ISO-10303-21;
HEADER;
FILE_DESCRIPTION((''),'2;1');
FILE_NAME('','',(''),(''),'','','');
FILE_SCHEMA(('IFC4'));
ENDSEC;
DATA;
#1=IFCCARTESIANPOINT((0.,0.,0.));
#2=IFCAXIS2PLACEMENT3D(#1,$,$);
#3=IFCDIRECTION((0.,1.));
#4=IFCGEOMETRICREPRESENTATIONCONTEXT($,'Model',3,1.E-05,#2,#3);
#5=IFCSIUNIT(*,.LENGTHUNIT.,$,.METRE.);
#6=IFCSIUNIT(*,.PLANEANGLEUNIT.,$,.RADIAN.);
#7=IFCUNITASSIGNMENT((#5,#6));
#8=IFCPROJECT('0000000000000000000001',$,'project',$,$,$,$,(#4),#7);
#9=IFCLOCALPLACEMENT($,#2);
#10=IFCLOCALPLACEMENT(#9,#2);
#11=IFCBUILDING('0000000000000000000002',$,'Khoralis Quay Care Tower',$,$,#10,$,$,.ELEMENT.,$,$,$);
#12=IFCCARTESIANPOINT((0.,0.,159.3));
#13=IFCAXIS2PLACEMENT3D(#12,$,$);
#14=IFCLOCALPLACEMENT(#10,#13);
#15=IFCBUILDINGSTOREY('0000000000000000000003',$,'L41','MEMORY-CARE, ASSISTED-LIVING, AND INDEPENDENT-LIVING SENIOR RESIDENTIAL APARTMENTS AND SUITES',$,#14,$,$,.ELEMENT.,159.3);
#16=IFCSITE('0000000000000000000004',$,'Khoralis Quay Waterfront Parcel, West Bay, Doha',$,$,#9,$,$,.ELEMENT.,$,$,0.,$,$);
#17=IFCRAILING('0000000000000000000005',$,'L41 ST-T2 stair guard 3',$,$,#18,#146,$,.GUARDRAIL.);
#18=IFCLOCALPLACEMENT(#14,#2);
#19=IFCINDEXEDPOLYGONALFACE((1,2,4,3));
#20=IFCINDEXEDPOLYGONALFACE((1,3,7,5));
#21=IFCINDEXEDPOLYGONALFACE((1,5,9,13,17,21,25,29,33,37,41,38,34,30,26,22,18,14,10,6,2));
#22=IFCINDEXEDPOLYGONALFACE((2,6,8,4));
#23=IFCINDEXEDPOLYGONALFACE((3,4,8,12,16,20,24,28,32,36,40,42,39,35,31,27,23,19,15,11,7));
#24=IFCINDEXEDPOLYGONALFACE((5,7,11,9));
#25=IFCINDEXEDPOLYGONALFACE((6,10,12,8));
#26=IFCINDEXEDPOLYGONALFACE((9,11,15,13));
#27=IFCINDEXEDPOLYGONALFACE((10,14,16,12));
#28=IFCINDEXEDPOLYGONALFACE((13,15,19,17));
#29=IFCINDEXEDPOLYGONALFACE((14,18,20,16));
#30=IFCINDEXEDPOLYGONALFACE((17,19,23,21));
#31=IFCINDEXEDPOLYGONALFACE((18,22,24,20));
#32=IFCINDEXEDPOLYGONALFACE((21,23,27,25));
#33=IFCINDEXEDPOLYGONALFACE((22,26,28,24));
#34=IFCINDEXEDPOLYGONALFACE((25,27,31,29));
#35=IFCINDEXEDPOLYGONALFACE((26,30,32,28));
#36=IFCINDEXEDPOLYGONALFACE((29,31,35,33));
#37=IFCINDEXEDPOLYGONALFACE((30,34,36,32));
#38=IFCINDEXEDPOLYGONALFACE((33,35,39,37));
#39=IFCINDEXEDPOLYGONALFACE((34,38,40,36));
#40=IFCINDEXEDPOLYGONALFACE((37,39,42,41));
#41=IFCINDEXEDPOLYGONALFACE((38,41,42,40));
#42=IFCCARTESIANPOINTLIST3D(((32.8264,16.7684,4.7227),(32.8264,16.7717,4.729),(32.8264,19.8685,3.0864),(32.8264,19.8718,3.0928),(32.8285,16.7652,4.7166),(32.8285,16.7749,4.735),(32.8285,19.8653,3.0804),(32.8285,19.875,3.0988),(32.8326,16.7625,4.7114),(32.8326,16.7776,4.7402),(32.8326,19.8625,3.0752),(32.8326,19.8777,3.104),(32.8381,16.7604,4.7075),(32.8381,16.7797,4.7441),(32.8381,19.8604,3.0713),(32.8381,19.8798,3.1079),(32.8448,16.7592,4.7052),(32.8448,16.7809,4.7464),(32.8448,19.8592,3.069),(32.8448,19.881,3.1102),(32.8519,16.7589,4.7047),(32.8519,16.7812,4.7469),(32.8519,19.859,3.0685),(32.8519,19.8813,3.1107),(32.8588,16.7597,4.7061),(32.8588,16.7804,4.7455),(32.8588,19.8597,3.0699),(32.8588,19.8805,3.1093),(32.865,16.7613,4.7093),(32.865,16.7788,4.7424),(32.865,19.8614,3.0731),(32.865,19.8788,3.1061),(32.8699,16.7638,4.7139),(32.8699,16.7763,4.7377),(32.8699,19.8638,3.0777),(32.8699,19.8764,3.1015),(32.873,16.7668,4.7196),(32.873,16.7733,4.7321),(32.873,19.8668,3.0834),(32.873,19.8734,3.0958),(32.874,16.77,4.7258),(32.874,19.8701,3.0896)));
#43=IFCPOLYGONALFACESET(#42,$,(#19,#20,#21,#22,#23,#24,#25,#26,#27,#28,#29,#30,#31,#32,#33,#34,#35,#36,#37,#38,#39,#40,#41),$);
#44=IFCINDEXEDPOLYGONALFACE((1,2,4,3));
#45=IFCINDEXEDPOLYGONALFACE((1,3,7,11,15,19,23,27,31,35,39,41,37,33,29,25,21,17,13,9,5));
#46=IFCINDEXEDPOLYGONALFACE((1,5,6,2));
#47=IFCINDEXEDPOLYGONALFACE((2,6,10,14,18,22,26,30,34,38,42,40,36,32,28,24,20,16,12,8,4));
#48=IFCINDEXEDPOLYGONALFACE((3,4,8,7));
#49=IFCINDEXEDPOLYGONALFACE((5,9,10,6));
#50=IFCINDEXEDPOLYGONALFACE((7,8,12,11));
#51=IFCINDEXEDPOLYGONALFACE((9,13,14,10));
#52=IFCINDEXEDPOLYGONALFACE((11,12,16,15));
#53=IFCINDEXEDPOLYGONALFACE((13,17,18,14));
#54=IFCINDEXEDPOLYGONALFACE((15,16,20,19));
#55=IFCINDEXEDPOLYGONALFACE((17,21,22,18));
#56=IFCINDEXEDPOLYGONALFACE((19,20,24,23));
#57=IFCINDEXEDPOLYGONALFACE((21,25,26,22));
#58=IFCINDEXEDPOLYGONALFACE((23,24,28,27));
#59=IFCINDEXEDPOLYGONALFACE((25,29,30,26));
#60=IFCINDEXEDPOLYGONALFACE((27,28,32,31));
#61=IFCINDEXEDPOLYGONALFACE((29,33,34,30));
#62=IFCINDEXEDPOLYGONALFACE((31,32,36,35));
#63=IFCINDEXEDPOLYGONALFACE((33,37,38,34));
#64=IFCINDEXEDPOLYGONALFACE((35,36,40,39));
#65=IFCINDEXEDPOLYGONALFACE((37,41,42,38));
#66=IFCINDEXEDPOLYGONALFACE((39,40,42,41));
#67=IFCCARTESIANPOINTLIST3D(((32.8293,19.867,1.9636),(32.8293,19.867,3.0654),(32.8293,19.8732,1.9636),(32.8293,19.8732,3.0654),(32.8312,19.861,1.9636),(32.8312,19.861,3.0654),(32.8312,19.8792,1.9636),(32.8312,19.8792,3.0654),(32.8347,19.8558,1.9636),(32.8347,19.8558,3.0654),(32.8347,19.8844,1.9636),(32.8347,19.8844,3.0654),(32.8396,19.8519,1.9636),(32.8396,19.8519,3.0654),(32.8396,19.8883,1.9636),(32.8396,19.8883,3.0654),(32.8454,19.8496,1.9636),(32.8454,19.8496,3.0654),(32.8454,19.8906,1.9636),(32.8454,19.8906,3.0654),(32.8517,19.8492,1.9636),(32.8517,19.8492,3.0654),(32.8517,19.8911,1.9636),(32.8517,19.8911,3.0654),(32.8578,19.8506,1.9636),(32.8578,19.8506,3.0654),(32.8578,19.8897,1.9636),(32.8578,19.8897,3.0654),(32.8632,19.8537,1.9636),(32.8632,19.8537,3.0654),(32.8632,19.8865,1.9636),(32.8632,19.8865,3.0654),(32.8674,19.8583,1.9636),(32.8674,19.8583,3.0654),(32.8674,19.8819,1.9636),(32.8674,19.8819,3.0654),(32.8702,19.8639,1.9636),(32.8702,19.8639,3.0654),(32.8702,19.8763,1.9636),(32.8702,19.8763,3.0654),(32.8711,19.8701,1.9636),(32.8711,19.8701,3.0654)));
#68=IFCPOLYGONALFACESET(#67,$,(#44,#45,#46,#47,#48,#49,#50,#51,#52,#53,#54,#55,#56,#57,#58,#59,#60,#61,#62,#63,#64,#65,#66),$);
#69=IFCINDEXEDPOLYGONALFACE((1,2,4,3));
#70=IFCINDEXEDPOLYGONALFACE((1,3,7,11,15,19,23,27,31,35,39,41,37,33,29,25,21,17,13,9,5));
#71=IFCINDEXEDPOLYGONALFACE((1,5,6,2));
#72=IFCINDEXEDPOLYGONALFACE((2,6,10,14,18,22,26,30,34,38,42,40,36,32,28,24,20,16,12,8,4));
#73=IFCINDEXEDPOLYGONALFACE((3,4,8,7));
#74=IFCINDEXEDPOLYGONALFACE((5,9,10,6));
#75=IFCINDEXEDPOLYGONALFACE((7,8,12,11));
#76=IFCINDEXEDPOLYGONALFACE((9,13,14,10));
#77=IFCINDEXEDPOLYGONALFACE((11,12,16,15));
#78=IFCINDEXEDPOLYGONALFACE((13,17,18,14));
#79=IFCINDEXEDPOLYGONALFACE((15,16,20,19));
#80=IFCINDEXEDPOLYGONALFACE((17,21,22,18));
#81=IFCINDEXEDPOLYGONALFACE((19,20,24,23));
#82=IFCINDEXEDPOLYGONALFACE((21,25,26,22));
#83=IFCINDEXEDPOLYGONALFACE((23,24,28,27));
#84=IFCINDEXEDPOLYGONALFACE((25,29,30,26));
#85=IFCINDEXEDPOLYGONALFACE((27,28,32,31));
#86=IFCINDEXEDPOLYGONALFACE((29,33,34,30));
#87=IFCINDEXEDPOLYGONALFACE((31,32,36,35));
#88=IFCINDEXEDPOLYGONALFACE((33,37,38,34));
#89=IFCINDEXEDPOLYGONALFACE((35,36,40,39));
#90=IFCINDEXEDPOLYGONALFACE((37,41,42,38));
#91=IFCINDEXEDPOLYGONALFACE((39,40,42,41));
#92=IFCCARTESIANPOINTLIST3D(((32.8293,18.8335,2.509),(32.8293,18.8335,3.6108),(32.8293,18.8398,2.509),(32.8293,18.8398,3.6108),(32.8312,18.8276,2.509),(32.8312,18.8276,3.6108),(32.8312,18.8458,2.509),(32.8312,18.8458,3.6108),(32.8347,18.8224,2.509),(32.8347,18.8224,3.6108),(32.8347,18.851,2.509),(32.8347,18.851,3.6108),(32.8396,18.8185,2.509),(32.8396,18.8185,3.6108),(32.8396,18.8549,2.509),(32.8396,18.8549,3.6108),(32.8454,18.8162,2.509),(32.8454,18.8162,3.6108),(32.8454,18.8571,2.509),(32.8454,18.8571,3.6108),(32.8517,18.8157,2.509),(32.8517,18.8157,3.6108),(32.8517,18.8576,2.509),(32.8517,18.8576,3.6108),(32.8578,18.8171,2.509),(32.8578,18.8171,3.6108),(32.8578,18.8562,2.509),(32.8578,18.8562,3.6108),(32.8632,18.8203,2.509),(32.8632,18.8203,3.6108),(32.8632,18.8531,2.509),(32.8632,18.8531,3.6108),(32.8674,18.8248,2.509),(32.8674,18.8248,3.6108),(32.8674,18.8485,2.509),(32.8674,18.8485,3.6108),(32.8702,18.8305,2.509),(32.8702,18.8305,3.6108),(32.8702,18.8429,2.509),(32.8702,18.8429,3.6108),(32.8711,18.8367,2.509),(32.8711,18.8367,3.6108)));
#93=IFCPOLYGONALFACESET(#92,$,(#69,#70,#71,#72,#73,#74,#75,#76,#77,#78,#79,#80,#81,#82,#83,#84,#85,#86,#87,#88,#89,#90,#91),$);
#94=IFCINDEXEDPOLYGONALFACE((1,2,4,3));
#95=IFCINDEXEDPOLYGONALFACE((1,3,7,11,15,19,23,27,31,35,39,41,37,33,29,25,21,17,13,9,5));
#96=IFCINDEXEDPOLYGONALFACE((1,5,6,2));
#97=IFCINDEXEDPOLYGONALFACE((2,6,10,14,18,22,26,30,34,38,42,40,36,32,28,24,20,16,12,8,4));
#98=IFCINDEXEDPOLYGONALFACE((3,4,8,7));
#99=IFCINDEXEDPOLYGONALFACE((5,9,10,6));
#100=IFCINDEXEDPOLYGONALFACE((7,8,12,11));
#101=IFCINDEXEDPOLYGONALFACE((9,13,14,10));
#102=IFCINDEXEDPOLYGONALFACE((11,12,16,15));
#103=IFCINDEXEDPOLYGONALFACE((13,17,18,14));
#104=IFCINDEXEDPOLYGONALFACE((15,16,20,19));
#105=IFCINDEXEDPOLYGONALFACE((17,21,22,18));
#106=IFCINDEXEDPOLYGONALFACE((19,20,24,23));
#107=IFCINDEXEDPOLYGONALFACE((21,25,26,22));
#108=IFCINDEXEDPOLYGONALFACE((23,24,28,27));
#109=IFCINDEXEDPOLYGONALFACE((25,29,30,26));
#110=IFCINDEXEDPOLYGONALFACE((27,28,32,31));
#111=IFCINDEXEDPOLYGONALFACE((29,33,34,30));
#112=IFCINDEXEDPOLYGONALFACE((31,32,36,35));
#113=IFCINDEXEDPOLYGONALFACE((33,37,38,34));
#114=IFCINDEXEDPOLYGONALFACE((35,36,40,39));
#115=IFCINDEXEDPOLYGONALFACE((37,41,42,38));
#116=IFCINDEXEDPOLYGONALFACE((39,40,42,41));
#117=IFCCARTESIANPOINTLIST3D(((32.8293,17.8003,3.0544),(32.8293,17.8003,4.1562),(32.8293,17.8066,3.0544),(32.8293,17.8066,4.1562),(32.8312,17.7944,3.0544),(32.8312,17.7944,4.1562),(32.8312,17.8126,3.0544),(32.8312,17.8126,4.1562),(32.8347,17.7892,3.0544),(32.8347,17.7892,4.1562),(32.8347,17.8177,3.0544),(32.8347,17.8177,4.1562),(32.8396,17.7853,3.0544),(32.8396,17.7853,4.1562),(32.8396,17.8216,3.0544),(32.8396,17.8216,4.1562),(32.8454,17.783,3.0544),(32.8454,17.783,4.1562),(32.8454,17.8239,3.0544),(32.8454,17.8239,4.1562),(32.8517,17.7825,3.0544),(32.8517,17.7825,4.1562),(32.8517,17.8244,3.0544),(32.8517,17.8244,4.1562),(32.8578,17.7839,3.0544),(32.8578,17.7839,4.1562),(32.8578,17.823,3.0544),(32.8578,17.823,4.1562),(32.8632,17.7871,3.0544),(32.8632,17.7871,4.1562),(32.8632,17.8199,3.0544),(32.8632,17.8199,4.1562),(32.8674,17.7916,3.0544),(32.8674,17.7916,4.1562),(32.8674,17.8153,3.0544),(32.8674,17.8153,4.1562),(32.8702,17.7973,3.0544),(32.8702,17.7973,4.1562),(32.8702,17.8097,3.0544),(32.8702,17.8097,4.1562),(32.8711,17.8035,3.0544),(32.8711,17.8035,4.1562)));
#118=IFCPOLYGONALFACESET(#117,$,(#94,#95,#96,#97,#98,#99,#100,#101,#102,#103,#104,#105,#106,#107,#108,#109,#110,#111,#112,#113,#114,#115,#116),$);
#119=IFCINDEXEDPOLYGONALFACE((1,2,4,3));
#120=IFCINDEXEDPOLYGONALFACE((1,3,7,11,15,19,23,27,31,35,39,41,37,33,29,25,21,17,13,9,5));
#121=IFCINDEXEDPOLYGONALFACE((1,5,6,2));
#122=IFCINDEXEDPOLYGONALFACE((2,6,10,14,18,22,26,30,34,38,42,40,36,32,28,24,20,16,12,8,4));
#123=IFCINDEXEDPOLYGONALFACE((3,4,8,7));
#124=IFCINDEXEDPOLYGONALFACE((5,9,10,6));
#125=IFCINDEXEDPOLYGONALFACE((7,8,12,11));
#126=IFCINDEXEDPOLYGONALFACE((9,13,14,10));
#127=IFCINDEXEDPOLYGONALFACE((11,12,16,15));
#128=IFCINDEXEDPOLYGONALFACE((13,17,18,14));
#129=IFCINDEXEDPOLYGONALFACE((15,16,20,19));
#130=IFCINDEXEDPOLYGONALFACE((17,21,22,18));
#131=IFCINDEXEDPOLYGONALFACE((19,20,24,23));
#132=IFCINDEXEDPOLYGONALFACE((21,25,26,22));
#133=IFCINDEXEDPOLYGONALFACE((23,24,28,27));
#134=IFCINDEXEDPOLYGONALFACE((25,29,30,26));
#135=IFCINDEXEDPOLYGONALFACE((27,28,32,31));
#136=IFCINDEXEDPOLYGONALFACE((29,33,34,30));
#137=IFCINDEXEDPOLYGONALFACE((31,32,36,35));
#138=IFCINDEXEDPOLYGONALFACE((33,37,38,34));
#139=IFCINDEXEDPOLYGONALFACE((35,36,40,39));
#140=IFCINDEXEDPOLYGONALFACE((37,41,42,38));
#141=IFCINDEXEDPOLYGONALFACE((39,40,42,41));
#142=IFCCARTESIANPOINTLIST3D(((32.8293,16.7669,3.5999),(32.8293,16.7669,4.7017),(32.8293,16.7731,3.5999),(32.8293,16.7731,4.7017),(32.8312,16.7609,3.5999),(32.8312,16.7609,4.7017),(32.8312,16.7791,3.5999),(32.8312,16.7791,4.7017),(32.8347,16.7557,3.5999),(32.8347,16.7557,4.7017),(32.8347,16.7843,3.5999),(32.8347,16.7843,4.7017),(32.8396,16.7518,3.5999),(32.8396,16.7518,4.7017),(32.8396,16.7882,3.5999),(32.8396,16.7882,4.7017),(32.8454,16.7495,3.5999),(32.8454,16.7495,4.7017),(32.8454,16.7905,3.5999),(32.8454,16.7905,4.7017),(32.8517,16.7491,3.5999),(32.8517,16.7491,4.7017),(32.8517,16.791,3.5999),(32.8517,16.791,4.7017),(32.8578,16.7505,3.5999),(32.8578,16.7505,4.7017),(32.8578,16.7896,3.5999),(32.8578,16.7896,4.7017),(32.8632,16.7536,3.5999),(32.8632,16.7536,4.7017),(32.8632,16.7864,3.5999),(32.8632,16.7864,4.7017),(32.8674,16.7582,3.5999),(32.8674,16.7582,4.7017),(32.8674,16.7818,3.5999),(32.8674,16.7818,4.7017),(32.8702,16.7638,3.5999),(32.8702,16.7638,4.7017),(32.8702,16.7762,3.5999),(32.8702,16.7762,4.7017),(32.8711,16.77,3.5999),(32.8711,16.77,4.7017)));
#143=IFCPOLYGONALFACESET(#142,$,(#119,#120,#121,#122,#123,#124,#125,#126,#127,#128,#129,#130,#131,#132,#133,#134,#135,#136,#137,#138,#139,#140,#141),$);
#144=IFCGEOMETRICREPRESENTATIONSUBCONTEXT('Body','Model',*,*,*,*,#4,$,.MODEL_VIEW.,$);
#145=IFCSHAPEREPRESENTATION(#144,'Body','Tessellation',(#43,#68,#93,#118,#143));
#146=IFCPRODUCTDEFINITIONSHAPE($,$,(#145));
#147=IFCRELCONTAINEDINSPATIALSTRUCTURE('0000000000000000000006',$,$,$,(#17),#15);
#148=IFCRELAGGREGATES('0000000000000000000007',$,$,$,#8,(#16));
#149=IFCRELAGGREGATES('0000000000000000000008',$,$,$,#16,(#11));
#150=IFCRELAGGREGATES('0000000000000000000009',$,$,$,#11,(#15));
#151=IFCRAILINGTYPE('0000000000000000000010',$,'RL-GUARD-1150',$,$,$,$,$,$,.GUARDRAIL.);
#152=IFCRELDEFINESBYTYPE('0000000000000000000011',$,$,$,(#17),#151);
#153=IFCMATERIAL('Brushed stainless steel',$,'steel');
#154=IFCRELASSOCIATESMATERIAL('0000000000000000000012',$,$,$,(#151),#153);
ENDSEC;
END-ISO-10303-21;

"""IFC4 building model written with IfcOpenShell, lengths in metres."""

from ifc_helpers import new_model, si_unit, direction, frame, origin, origin_2d, place, context, subcontext, project, spatial, circle, extrude, material, type_object, element, save


model = new_model("IFC4")

# Units and contexts
model_context = context("Model", 3, precision=1e-05, world=origin(), true_north=direction((0.0, 1.0)))
body_context = subcontext(model_context, "Body", "Model", "MODEL_VIEW")
ifc_project = project(units=[si_unit("LENGTHUNIT", "METRE"), si_unit("PLANEANGLEUNIT", "RADIAN")], contexts=[model_context])

# Site, building, storey
site_placement = place(None, origin())
site = spatial("IfcSite", under=ifc_project, at=site_placement, Name="Khoralis Quay Waterfront Parcel, West Bay, Doha", CompositionType="ELEMENT", RefElevation=0.0)
building_placement = place(site_placement, origin())
building = spatial("IfcBuilding", under=site, at=building_placement, Name="Khoralis Quay Care Tower", CompositionType="ELEMENT")
storey_placement = place(building_placement, frame((0.0, 0.0, 159.3)))
storey = spatial("IfcBuildingStorey", under=building, at=storey_placement, Name="L41", Description="MEMORY-CARE, ASSISTED-LIVING, AND INDEPENDENT-LIVING SENIOR RESIDENTIAL APARTMENTS AND SUITES", CompositionType="ELEMENT", Elevation=159.3)

# Shared definitions
ifc_material_1 = material(Name="Brushed stainless steel", Category="steel")

# Railing
railing_type_1 = type_object("IfcRailingType", Name="RL-GUARD-1150", PredefinedType="GUARDRAIL", material=ifc_material_1)
railing_1_placement = place(storey_placement, frame((32.8501, 19.8701, 1.9636)))
element("IfcRailing", 1, at=railing_1_placement, inside=storey, type_object=railing_type_1, Name="L41 ST-T2 stair guard 3", PredefinedType="GUARDRAIL", context=body_context, shape_type="SweptSolid", body=[
    extrude(circle(Radius=0.0239, at=origin_2d()), frame((0.0, 0.0, 1.126), z_axis=(0.0, -0.884377, 0.466774), x_axis=(1.0, 0.0, 0.0)), (0.0, 0.0, 1.0), 3.5054),
    extrude(circle(Radius=0.021, at=origin_2d()), origin(), (0.0, 0.0, 1.0), 1.1018),
    extrude(circle(Radius=0.021, at=origin_2d()), frame((0.0, -1.0334, 0.5454)), (0.0, 0.0, 1.0), 1.1018),
    extrude(circle(Radius=0.021, at=origin_2d()), frame((0.0, -2.0667, 1.0908)), (0.0, 0.0, 1.0), 1.1018),
    extrude(circle(Radius=0.021, at=origin_2d()), frame((0.0, -3.1001, 1.6362)), (0.0, 0.0, 1.0), 1.1018),
])

save(model, "model.ifc")
